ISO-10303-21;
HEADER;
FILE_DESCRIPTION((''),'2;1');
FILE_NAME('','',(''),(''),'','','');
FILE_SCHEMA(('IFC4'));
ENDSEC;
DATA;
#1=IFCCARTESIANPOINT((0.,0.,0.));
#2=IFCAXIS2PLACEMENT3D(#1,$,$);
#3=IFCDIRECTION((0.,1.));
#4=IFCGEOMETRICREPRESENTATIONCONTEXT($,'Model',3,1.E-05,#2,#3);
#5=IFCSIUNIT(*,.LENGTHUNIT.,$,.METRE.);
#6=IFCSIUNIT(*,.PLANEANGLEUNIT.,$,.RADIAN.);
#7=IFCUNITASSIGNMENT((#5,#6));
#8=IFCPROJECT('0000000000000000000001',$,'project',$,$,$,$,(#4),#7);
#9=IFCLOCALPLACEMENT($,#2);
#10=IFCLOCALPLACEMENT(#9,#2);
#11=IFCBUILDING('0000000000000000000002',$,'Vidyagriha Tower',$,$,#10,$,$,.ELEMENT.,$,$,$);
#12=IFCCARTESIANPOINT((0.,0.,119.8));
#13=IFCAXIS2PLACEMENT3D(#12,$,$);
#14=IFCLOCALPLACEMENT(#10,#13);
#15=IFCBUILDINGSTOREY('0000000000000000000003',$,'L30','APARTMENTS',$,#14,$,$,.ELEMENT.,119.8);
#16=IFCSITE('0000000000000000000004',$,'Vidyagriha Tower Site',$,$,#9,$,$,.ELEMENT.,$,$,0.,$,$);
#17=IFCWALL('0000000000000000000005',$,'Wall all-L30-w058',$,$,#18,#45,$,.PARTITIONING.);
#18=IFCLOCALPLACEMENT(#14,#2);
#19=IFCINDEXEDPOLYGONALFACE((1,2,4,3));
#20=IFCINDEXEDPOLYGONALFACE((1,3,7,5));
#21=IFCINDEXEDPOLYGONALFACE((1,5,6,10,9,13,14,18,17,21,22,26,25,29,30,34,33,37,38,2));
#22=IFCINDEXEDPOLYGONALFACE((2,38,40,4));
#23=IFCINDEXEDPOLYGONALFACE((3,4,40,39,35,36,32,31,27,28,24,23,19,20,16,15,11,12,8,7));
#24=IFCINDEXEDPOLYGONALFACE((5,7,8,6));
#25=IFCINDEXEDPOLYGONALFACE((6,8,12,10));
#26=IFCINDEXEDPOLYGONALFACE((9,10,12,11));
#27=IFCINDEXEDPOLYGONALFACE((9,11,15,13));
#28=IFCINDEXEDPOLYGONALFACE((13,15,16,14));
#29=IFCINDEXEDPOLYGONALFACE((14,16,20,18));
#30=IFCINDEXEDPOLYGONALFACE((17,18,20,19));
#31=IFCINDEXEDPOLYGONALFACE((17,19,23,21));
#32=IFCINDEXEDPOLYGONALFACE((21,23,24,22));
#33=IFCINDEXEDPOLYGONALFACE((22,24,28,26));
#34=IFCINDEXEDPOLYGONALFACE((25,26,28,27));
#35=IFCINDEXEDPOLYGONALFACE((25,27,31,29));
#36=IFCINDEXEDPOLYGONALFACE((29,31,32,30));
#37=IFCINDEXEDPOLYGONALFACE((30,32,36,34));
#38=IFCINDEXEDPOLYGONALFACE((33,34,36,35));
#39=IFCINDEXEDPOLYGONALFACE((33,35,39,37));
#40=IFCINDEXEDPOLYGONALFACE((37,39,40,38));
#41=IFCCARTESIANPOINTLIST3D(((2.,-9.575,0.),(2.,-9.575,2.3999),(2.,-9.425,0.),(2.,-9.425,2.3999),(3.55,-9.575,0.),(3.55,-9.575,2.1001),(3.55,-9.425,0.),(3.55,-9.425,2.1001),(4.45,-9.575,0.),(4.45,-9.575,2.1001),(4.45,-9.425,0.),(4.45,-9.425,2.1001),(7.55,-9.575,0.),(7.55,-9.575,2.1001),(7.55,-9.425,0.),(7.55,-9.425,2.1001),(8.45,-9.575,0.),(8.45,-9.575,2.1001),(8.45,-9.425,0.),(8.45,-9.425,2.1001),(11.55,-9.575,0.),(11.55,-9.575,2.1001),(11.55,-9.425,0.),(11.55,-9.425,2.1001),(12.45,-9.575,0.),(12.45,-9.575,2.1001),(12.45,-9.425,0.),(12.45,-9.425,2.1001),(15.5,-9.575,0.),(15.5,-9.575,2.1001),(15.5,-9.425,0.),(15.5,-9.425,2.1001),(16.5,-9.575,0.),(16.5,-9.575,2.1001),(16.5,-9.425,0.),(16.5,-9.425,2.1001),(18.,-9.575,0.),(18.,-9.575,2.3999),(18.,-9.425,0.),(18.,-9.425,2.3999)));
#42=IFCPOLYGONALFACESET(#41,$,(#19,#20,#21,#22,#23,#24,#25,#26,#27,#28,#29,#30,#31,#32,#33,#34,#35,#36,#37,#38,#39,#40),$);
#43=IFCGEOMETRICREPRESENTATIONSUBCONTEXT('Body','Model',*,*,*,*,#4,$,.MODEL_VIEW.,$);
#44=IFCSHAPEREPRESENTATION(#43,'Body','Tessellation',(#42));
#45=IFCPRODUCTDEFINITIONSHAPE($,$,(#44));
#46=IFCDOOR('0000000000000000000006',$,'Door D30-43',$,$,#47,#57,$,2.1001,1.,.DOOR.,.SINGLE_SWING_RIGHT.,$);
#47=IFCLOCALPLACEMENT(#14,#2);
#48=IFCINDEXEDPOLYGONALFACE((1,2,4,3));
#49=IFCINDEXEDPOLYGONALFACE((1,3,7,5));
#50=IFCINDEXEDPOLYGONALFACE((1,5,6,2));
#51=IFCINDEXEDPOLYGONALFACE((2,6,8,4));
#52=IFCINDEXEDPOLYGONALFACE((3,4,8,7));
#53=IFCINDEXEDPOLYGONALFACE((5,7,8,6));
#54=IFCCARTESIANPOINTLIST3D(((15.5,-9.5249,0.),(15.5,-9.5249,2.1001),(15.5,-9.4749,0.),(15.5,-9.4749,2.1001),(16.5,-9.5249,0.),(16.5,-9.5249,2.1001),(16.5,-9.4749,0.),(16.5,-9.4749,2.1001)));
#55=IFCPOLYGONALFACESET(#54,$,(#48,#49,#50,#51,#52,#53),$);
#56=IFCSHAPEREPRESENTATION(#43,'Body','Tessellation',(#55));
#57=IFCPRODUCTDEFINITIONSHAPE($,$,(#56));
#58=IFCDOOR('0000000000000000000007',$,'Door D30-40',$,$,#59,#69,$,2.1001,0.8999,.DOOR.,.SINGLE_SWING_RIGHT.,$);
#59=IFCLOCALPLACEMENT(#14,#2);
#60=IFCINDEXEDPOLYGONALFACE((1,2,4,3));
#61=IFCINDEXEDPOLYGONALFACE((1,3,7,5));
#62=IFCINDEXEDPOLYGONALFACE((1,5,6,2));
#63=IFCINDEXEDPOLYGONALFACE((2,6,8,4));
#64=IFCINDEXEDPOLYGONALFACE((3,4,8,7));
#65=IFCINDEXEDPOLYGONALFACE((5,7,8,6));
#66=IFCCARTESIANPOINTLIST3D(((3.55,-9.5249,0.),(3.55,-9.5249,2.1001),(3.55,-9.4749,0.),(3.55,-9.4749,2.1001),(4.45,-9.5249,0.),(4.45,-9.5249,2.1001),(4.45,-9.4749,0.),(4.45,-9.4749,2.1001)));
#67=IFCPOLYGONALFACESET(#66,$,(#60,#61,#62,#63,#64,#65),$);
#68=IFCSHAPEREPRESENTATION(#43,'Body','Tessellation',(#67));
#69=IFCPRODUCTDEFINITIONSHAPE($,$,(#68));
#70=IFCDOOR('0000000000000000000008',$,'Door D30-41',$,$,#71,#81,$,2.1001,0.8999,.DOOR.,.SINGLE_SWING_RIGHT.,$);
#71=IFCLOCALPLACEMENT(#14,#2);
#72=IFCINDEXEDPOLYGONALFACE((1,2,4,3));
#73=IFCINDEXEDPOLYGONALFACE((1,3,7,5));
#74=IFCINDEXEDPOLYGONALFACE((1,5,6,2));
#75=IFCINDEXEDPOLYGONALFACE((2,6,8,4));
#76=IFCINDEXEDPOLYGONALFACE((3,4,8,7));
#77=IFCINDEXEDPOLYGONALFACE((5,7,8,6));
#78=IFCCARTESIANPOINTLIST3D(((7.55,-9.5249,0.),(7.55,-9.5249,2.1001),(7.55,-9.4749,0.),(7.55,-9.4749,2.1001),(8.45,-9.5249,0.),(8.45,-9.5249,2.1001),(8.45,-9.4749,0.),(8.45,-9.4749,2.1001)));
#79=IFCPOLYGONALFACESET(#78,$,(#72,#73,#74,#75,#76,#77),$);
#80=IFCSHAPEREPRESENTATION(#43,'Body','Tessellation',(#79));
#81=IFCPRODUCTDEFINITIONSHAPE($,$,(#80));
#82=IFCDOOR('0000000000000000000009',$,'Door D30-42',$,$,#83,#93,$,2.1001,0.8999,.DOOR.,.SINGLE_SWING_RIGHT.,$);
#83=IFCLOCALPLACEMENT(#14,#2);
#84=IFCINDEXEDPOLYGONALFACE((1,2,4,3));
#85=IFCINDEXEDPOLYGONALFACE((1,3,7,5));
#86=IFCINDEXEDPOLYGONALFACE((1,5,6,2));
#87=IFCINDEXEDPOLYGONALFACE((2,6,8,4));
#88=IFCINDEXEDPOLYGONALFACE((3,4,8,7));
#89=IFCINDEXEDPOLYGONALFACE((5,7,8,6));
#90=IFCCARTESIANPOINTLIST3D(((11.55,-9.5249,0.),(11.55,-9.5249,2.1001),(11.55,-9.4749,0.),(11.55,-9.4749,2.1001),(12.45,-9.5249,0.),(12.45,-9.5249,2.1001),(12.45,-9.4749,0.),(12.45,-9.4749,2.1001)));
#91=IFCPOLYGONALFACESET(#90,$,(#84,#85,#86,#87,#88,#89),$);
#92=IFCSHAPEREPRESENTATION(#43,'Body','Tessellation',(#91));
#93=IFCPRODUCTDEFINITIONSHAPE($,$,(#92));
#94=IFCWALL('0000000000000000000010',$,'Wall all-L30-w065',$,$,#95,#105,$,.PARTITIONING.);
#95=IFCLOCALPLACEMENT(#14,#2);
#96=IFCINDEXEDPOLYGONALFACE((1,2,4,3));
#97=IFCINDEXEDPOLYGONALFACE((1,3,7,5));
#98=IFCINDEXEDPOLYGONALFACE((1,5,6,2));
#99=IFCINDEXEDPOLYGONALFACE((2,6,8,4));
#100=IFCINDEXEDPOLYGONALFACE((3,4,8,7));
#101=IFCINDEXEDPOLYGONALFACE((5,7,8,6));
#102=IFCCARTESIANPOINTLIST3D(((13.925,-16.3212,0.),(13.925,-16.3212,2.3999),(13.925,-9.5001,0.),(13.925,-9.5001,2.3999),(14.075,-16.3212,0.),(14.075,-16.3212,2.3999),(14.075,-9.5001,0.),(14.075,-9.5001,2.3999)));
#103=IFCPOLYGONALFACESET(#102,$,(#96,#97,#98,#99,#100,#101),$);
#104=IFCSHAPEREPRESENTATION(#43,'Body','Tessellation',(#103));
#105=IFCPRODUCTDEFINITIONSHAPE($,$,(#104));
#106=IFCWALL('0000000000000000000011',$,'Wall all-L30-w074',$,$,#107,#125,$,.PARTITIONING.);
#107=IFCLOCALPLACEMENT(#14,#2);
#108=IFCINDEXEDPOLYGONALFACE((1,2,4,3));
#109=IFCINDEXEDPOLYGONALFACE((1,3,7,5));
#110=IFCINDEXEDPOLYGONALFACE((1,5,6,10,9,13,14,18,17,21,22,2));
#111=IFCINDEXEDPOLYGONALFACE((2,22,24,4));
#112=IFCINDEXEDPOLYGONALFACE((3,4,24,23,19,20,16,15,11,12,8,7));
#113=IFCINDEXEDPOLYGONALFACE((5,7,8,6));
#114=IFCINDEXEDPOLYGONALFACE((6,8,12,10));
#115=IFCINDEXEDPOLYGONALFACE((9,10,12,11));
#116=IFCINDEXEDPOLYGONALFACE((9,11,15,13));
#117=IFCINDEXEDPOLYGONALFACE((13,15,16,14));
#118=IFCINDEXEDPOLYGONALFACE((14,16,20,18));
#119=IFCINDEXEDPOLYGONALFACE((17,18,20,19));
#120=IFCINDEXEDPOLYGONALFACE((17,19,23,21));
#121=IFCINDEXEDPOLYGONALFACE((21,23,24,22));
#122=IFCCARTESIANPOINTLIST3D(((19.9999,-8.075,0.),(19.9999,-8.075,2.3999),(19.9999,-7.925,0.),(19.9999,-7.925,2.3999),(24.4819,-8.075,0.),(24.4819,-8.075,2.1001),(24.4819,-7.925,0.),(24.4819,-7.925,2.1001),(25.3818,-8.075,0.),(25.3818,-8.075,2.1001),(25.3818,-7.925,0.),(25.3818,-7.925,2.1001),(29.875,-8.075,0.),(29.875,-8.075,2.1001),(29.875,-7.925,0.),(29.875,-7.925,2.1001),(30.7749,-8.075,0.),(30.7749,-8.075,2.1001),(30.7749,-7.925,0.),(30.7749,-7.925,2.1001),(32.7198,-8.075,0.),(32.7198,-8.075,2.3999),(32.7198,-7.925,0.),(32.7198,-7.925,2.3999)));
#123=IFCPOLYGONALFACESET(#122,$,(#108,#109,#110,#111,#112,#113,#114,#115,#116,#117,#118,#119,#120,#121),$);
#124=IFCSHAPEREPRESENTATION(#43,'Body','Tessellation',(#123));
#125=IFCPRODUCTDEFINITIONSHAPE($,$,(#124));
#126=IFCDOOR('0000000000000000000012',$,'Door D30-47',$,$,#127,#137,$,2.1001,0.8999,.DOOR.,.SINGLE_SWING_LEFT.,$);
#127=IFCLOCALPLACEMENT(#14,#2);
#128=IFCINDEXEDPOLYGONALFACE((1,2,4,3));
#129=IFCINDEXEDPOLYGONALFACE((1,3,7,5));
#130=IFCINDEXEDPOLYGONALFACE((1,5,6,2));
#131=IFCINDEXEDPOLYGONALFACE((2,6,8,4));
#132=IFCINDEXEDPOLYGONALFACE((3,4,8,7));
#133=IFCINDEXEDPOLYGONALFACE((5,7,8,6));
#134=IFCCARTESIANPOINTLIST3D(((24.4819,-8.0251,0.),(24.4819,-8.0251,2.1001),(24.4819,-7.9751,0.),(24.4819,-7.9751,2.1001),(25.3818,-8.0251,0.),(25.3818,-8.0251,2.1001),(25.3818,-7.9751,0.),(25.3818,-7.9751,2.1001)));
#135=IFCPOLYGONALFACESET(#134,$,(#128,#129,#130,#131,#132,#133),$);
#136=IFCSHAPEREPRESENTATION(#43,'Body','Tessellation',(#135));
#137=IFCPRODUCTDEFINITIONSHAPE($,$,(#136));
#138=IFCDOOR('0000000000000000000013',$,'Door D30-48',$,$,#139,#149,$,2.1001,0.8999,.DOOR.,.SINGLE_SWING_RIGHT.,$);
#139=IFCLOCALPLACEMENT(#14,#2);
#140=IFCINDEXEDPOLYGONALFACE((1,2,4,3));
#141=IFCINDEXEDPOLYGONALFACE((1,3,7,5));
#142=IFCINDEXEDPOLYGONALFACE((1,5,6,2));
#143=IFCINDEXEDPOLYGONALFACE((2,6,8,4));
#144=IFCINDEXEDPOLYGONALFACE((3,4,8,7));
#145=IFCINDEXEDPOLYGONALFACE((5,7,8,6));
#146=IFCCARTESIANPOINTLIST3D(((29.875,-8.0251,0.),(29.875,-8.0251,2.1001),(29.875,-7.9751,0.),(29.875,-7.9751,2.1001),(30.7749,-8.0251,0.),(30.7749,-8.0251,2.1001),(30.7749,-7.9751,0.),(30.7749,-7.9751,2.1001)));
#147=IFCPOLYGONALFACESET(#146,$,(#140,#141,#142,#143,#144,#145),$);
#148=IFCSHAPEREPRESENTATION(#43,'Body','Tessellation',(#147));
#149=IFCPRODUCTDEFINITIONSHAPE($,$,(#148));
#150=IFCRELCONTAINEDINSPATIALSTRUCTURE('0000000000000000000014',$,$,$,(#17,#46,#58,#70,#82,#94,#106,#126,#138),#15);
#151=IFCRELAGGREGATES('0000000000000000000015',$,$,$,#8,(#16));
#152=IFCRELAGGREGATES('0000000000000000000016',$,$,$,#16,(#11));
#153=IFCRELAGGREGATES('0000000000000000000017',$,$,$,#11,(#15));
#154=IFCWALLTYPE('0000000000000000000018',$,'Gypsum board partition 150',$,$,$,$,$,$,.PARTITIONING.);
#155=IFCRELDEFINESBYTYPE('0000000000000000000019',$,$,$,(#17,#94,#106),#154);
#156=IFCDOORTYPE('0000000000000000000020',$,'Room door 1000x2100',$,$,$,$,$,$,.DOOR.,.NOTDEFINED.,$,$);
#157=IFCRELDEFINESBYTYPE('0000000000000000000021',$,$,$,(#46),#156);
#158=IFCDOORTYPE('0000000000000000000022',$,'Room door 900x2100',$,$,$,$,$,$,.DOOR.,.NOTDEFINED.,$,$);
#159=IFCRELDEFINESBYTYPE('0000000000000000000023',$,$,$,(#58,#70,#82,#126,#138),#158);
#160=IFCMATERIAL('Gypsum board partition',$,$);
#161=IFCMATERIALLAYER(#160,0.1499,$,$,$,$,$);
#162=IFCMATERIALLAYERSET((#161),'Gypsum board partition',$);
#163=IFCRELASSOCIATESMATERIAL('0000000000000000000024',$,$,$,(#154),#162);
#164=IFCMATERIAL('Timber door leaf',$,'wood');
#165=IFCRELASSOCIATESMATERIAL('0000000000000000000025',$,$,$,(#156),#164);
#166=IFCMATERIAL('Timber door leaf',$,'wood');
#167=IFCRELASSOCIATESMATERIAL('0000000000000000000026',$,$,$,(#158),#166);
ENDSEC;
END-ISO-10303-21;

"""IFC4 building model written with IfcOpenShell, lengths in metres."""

from ifc_helpers import new_model, si_unit, direction, frame, frame_2d, origin, place, context, subcontext, project, spatial, rectangle, extrude, material, layer, layer_set, type_object, element, fill, save


model = new_model("IFC4")

# Units and contexts
model_context = context("Model", 3, precision=1e-05, world=origin(), true_north=direction((0.0, 1.0)))
body_context = subcontext(model_context, "Body", "Model", "MODEL_VIEW")
ifc_project = project(units=[si_unit("LENGTHUNIT", "METRE"), si_unit("PLANEANGLEUNIT", "RADIAN")], contexts=[model_context])

# Site, building, storey
site_placement = place(None, origin())
site = spatial("IfcSite", under=ifc_project, at=site_placement, Name="Vidyagriha Tower Site", CompositionType="ELEMENT", RefElevation=0.0)
building_placement = place(site_placement, origin())
building = spatial("IfcBuilding", under=site, at=building_placement, Name="Vidyagriha Tower", CompositionType="ELEMENT")
storey_placement = place(building_placement, frame((0.0, 0.0, 119.8)))
storey = spatial("IfcBuildingStorey", under=building, at=storey_placement, Name="L30", Description="APARTMENTS", CompositionType="ELEMENT", Elevation=119.8)

# Shared definitions
ifc_material_1 = material(Name="Gypsum board partition")
ifc_layer_1 = layer(ifc_material_1, 0.1499)
ifc_layer_set_1 = layer_set([ifc_layer_1], Name="Gypsum board partition")
wall_type_1 = type_object("IfcWallType", Name="Gypsum board partition 150", PredefinedType="PARTITIONING", material=ifc_layer_set_1)

# Wall, openings, doors
wall_1_placement = place(storey_placement, frame((18.0, -9.5, 0.0), z_axis=(0.0, 0.0, 1.0), x_axis=(-1.0, 0.0, 0.0)))
wall_1 = element("IfcWall", 1, at=wall_1_placement, inside=storey, type_object=wall_type_1, Name="Wall all-L30-w058", PredefinedType="PARTITIONING", context=body_context, shape_type="SweptSolid", body=[
    extrude(rectangle(XDim=16.0, YDim=0.1499, at=frame_2d((8.0, 0.0))), origin(), (0.0, 0.0, 1.0), 2.3999),
])
opening_1_placement = place(wall_1_placement, frame((13.55, 0.0, 0.0)))
opening_1 = element("IfcOpeningElement", 2, at=opening_1_placement, cuts=wall_1, PredefinedType="OPENING", context=body_context, shape_type="SweptSolid", body=[
    extrude(rectangle(XDim=0.8999, YDim=2.1001, at=frame_2d((0.45, 1.05))), frame((0.0, 0.085, 0.0), z_axis=(0.0, -1.0, 0.0), x_axis=(1.0, 0.0, 0.0)), (0.0, 0.0, 1.0), 0.1699),
])
opening_2_placement = place(wall_1_placement, frame((9.55, 0.0, 0.0)))
opening_2 = element("IfcOpeningElement", 3, at=opening_2_placement, cuts=wall_1, PredefinedType="OPENING", context=body_context, shape_type="SweptSolid", body=[
    extrude(rectangle(XDim=0.8999, YDim=2.1001, at=frame_2d((0.45, 1.05))), frame((0.0, 0.085, 0.0), z_axis=(0.0, -1.0, 0.0), x_axis=(1.0, 0.0, 0.0)), (0.0, 0.0, 1.0), 0.1699),
])
opening_3_placement = place(wall_1_placement, frame((5.55, 0.0, 0.0)))
opening_3 = element("IfcOpeningElement", 4, at=opening_3_placement, cuts=wall_1, PredefinedType="OPENING", context=body_context, shape_type="SweptSolid", body=[
    extrude(rectangle(XDim=0.8999, YDim=2.1001, at=frame_2d((0.45, 1.05))), frame((0.0, 0.085, 0.0), z_axis=(0.0, -1.0, 0.0), x_axis=(1.0, 0.0, 0.0)), (0.0, 0.0, 1.0), 0.1699),
])
opening_4_placement = place(wall_1_placement, frame((1.5, 0.0, 0.0)))
opening_4 = element("IfcOpeningElement", 5, at=opening_4_placement, cuts=wall_1, PredefinedType="OPENING", context=body_context, shape_type="SweptSolid", body=[
    extrude(rectangle(XDim=1.0, YDim=2.1001, at=frame_2d((0.5, 1.05))), frame((0.0, 0.085, 0.0), z_axis=(0.0, -1.0, 0.0), x_axis=(1.0, 0.0, 0.0)), (0.0, 0.0, 1.0), 0.1699),
])
ifc_material_2 = material(Name="Timber door leaf", Category="wood")
door_type_1 = type_object("IfcDoorType", Name="Room door 1000x2100", OperationType="NOTDEFINED", PredefinedType="DOOR", material=ifc_material_2)
door_1_placement = place(opening_4_placement, origin())
door_1 = element("IfcDoor", 6, at=door_1_placement, inside=storey, type_object=door_type_1, Name="Door D30-43", OperationType="SINGLE_SWING_RIGHT", OverallHeight=2.1001, OverallWidth=1.0, PredefinedType="DOOR", context=body_context, shape_type="SweptSolid", body=[
    extrude(rectangle(XDim=1.0, YDim=2.1001, at=frame_2d((0.5, 1.05))), frame((0.0, 0.0249, 0.0), z_axis=(0.0, -1.0, 0.0), x_axis=(1.0, 0.0, 0.0)), (0.0, 0.0, 1.0), 0.05),
])
fill(opening_4, door_1)
ifc_material_3 = material(Name="Timber door leaf", Category="wood")
door_type_2 = type_object("IfcDoorType", Name="Room door 900x2100", OperationType="NOTDEFINED", PredefinedType="DOOR", material=ifc_material_3)
door_2_placement = place(opening_1_placement, origin())
door_2 = element("IfcDoor", 7, at=door_2_placement, inside=storey, type_object=door_type_2, Name="Door D30-40", OperationType="SINGLE_SWING_RIGHT", OverallHeight=2.1001, OverallWidth=0.8999, PredefinedType="DOOR", context=body_context, shape_type="SweptSolid", body=[
    extrude(rectangle(XDim=0.8999, YDim=2.1001, at=frame_2d((0.45, 1.05))), frame((0.0, 0.0249, 0.0), z_axis=(0.0, -1.0, 0.0), x_axis=(1.0, 0.0, 0.0)), (0.0, 0.0, 1.0), 0.05),
])
fill(opening_1, door_2)
door_3_placement = place(opening_2_placement, origin())
door_3 = element("IfcDoor", 8, at=door_3_placement, inside=storey, type_object=door_type_2, Name="Door D30-41", OperationType="SINGLE_SWING_RIGHT", OverallHeight=2.1001, OverallWidth=0.8999, PredefinedType="DOOR", context=body_context, shape_type="SweptSolid", body=[
    extrude(rectangle(XDim=0.8999, YDim=2.1001, at=frame_2d((0.45, 1.05))), frame((0.0, 0.0249, 0.0), z_axis=(0.0, -1.0, 0.0), x_axis=(1.0, 0.0, 0.0)), (0.0, 0.0, 1.0), 0.05),
])
fill(opening_2, door_3)
door_4_placement = place(opening_3_placement, origin())
door_4 = element("IfcDoor", 9, at=door_4_placement, inside=storey, type_object=door_type_2, Name="Door D30-42", OperationType="SINGLE_SWING_RIGHT", OverallHeight=2.1001, OverallWidth=0.8999, PredefinedType="DOOR", context=body_context, shape_type="SweptSolid", body=[
    extrude(rectangle(XDim=0.8999, YDim=2.1001, at=frame_2d((0.45, 1.05))), frame((0.0, 0.0249, 0.0), z_axis=(0.0, -1.0, 0.0), x_axis=(1.0, 0.0, 0.0)), (0.0, 0.0, 1.0), 0.05),
])
fill(opening_3, door_4)

# Wall
wall_2_placement = place(storey_placement, frame((14.0, -9.5, 0.0), z_axis=(0.0, 0.0, 1.0), x_axis=(0.0, -1.0, 0.0)))
element("IfcWall", 10, at=wall_2_placement, inside=storey, type_object=wall_type_1, Name="Wall all-L30-w065", PredefinedType="PARTITIONING", context=body_context, shape_type="SweptSolid", body=[
    extrude(rectangle(XDim=6.821, YDim=0.1499, at=frame_2d((3.4106, 0.0))), origin(), (0.0, 0.0, 1.0), 2.3999),
])

# Wall, openings, doors
wall_3_placement = place(storey_placement, frame((20.0, -8.0, 0.0)))
wall_3 = element("IfcWall", 11, at=wall_3_placement, inside=storey, type_object=wall_type_1, Name="Wall all-L30-w074", PredefinedType="PARTITIONING", context=body_context, shape_type="SweptSolid", body=[
    extrude(rectangle(XDim=12.72, YDim=0.1499, at=frame_2d((6.3599, 0.0))), origin(), (0.0, 0.0, 1.0), 2.3999),
])
opening_5_placement = place(wall_3_placement, frame((4.4819, 0.0, 0.0)))
opening_5 = element("IfcOpeningElement", 12, at=opening_5_placement, cuts=wall_3, PredefinedType="OPENING", context=body_context, shape_type="SweptSolid", body=[
    extrude(rectangle(XDim=0.8999, YDim=2.1001, at=frame_2d((0.45, 1.05))), frame((0.0, 0.085, 0.0), z_axis=(0.0, -1.0, 0.0), x_axis=(1.0, 0.0, 0.0)), (0.0, 0.0, 1.0), 0.1699),
])
opening_6_placement = place(wall_3_placement, frame((9.875, 0.0, 0.0)))
opening_6 = element("IfcOpeningElement", 13, at=opening_6_placement, cuts=wall_3, PredefinedType="OPENING", context=body_context, shape_type="SweptSolid", body=[
    extrude(rectangle(XDim=0.8999, YDim=2.1001, at=frame_2d((0.45, 1.05))), frame((0.0, 0.085, 0.0), z_axis=(0.0, -1.0, 0.0), x_axis=(1.0, 0.0, 0.0)), (0.0, 0.0, 1.0), 0.1699),
])
door_5_placement = place(opening_5_placement, origin())
door_5 = element("IfcDoor", 14, at=door_5_placement, inside=storey, type_object=door_type_2, Name="Door D30-47", OperationType="SINGLE_SWING_LEFT", OverallHeight=2.1001, OverallWidth=0.8999, PredefinedType="DOOR", context=body_context, shape_type="SweptSolid", body=[
    extrude(rectangle(XDim=0.8999, YDim=2.1001, at=frame_2d((0.45, 1.05))), frame((0.0, 0.0249, 0.0), z_axis=(0.0, -1.0, 0.0), x_axis=(1.0, 0.0, 0.0)), (0.0, 0.0, 1.0), 0.05),
])
fill(opening_5, door_5)
door_6_placement = place(opening_6_placement, origin())
door_6 = element("IfcDoor", 15, at=door_6_placement, inside=storey, type_object=door_type_2, Name="Door D30-48", OperationType="SINGLE_SWING_RIGHT", OverallHeight=2.1001, OverallWidth=0.8999, PredefinedType="DOOR", context=body_context, shape_type="SweptSolid", body=[
    extrude(rectangle(XDim=0.8999, YDim=2.1001, at=frame_2d((0.45, 1.05))), frame((0.0, 0.0249, 0.0), z_axis=(0.0, -1.0, 0.0), x_axis=(1.0, 0.0, 0.0)), (0.0, 0.0, 1.0), 0.05),
])
fill(opening_6, door_6)

save(model, "model.ifc")
